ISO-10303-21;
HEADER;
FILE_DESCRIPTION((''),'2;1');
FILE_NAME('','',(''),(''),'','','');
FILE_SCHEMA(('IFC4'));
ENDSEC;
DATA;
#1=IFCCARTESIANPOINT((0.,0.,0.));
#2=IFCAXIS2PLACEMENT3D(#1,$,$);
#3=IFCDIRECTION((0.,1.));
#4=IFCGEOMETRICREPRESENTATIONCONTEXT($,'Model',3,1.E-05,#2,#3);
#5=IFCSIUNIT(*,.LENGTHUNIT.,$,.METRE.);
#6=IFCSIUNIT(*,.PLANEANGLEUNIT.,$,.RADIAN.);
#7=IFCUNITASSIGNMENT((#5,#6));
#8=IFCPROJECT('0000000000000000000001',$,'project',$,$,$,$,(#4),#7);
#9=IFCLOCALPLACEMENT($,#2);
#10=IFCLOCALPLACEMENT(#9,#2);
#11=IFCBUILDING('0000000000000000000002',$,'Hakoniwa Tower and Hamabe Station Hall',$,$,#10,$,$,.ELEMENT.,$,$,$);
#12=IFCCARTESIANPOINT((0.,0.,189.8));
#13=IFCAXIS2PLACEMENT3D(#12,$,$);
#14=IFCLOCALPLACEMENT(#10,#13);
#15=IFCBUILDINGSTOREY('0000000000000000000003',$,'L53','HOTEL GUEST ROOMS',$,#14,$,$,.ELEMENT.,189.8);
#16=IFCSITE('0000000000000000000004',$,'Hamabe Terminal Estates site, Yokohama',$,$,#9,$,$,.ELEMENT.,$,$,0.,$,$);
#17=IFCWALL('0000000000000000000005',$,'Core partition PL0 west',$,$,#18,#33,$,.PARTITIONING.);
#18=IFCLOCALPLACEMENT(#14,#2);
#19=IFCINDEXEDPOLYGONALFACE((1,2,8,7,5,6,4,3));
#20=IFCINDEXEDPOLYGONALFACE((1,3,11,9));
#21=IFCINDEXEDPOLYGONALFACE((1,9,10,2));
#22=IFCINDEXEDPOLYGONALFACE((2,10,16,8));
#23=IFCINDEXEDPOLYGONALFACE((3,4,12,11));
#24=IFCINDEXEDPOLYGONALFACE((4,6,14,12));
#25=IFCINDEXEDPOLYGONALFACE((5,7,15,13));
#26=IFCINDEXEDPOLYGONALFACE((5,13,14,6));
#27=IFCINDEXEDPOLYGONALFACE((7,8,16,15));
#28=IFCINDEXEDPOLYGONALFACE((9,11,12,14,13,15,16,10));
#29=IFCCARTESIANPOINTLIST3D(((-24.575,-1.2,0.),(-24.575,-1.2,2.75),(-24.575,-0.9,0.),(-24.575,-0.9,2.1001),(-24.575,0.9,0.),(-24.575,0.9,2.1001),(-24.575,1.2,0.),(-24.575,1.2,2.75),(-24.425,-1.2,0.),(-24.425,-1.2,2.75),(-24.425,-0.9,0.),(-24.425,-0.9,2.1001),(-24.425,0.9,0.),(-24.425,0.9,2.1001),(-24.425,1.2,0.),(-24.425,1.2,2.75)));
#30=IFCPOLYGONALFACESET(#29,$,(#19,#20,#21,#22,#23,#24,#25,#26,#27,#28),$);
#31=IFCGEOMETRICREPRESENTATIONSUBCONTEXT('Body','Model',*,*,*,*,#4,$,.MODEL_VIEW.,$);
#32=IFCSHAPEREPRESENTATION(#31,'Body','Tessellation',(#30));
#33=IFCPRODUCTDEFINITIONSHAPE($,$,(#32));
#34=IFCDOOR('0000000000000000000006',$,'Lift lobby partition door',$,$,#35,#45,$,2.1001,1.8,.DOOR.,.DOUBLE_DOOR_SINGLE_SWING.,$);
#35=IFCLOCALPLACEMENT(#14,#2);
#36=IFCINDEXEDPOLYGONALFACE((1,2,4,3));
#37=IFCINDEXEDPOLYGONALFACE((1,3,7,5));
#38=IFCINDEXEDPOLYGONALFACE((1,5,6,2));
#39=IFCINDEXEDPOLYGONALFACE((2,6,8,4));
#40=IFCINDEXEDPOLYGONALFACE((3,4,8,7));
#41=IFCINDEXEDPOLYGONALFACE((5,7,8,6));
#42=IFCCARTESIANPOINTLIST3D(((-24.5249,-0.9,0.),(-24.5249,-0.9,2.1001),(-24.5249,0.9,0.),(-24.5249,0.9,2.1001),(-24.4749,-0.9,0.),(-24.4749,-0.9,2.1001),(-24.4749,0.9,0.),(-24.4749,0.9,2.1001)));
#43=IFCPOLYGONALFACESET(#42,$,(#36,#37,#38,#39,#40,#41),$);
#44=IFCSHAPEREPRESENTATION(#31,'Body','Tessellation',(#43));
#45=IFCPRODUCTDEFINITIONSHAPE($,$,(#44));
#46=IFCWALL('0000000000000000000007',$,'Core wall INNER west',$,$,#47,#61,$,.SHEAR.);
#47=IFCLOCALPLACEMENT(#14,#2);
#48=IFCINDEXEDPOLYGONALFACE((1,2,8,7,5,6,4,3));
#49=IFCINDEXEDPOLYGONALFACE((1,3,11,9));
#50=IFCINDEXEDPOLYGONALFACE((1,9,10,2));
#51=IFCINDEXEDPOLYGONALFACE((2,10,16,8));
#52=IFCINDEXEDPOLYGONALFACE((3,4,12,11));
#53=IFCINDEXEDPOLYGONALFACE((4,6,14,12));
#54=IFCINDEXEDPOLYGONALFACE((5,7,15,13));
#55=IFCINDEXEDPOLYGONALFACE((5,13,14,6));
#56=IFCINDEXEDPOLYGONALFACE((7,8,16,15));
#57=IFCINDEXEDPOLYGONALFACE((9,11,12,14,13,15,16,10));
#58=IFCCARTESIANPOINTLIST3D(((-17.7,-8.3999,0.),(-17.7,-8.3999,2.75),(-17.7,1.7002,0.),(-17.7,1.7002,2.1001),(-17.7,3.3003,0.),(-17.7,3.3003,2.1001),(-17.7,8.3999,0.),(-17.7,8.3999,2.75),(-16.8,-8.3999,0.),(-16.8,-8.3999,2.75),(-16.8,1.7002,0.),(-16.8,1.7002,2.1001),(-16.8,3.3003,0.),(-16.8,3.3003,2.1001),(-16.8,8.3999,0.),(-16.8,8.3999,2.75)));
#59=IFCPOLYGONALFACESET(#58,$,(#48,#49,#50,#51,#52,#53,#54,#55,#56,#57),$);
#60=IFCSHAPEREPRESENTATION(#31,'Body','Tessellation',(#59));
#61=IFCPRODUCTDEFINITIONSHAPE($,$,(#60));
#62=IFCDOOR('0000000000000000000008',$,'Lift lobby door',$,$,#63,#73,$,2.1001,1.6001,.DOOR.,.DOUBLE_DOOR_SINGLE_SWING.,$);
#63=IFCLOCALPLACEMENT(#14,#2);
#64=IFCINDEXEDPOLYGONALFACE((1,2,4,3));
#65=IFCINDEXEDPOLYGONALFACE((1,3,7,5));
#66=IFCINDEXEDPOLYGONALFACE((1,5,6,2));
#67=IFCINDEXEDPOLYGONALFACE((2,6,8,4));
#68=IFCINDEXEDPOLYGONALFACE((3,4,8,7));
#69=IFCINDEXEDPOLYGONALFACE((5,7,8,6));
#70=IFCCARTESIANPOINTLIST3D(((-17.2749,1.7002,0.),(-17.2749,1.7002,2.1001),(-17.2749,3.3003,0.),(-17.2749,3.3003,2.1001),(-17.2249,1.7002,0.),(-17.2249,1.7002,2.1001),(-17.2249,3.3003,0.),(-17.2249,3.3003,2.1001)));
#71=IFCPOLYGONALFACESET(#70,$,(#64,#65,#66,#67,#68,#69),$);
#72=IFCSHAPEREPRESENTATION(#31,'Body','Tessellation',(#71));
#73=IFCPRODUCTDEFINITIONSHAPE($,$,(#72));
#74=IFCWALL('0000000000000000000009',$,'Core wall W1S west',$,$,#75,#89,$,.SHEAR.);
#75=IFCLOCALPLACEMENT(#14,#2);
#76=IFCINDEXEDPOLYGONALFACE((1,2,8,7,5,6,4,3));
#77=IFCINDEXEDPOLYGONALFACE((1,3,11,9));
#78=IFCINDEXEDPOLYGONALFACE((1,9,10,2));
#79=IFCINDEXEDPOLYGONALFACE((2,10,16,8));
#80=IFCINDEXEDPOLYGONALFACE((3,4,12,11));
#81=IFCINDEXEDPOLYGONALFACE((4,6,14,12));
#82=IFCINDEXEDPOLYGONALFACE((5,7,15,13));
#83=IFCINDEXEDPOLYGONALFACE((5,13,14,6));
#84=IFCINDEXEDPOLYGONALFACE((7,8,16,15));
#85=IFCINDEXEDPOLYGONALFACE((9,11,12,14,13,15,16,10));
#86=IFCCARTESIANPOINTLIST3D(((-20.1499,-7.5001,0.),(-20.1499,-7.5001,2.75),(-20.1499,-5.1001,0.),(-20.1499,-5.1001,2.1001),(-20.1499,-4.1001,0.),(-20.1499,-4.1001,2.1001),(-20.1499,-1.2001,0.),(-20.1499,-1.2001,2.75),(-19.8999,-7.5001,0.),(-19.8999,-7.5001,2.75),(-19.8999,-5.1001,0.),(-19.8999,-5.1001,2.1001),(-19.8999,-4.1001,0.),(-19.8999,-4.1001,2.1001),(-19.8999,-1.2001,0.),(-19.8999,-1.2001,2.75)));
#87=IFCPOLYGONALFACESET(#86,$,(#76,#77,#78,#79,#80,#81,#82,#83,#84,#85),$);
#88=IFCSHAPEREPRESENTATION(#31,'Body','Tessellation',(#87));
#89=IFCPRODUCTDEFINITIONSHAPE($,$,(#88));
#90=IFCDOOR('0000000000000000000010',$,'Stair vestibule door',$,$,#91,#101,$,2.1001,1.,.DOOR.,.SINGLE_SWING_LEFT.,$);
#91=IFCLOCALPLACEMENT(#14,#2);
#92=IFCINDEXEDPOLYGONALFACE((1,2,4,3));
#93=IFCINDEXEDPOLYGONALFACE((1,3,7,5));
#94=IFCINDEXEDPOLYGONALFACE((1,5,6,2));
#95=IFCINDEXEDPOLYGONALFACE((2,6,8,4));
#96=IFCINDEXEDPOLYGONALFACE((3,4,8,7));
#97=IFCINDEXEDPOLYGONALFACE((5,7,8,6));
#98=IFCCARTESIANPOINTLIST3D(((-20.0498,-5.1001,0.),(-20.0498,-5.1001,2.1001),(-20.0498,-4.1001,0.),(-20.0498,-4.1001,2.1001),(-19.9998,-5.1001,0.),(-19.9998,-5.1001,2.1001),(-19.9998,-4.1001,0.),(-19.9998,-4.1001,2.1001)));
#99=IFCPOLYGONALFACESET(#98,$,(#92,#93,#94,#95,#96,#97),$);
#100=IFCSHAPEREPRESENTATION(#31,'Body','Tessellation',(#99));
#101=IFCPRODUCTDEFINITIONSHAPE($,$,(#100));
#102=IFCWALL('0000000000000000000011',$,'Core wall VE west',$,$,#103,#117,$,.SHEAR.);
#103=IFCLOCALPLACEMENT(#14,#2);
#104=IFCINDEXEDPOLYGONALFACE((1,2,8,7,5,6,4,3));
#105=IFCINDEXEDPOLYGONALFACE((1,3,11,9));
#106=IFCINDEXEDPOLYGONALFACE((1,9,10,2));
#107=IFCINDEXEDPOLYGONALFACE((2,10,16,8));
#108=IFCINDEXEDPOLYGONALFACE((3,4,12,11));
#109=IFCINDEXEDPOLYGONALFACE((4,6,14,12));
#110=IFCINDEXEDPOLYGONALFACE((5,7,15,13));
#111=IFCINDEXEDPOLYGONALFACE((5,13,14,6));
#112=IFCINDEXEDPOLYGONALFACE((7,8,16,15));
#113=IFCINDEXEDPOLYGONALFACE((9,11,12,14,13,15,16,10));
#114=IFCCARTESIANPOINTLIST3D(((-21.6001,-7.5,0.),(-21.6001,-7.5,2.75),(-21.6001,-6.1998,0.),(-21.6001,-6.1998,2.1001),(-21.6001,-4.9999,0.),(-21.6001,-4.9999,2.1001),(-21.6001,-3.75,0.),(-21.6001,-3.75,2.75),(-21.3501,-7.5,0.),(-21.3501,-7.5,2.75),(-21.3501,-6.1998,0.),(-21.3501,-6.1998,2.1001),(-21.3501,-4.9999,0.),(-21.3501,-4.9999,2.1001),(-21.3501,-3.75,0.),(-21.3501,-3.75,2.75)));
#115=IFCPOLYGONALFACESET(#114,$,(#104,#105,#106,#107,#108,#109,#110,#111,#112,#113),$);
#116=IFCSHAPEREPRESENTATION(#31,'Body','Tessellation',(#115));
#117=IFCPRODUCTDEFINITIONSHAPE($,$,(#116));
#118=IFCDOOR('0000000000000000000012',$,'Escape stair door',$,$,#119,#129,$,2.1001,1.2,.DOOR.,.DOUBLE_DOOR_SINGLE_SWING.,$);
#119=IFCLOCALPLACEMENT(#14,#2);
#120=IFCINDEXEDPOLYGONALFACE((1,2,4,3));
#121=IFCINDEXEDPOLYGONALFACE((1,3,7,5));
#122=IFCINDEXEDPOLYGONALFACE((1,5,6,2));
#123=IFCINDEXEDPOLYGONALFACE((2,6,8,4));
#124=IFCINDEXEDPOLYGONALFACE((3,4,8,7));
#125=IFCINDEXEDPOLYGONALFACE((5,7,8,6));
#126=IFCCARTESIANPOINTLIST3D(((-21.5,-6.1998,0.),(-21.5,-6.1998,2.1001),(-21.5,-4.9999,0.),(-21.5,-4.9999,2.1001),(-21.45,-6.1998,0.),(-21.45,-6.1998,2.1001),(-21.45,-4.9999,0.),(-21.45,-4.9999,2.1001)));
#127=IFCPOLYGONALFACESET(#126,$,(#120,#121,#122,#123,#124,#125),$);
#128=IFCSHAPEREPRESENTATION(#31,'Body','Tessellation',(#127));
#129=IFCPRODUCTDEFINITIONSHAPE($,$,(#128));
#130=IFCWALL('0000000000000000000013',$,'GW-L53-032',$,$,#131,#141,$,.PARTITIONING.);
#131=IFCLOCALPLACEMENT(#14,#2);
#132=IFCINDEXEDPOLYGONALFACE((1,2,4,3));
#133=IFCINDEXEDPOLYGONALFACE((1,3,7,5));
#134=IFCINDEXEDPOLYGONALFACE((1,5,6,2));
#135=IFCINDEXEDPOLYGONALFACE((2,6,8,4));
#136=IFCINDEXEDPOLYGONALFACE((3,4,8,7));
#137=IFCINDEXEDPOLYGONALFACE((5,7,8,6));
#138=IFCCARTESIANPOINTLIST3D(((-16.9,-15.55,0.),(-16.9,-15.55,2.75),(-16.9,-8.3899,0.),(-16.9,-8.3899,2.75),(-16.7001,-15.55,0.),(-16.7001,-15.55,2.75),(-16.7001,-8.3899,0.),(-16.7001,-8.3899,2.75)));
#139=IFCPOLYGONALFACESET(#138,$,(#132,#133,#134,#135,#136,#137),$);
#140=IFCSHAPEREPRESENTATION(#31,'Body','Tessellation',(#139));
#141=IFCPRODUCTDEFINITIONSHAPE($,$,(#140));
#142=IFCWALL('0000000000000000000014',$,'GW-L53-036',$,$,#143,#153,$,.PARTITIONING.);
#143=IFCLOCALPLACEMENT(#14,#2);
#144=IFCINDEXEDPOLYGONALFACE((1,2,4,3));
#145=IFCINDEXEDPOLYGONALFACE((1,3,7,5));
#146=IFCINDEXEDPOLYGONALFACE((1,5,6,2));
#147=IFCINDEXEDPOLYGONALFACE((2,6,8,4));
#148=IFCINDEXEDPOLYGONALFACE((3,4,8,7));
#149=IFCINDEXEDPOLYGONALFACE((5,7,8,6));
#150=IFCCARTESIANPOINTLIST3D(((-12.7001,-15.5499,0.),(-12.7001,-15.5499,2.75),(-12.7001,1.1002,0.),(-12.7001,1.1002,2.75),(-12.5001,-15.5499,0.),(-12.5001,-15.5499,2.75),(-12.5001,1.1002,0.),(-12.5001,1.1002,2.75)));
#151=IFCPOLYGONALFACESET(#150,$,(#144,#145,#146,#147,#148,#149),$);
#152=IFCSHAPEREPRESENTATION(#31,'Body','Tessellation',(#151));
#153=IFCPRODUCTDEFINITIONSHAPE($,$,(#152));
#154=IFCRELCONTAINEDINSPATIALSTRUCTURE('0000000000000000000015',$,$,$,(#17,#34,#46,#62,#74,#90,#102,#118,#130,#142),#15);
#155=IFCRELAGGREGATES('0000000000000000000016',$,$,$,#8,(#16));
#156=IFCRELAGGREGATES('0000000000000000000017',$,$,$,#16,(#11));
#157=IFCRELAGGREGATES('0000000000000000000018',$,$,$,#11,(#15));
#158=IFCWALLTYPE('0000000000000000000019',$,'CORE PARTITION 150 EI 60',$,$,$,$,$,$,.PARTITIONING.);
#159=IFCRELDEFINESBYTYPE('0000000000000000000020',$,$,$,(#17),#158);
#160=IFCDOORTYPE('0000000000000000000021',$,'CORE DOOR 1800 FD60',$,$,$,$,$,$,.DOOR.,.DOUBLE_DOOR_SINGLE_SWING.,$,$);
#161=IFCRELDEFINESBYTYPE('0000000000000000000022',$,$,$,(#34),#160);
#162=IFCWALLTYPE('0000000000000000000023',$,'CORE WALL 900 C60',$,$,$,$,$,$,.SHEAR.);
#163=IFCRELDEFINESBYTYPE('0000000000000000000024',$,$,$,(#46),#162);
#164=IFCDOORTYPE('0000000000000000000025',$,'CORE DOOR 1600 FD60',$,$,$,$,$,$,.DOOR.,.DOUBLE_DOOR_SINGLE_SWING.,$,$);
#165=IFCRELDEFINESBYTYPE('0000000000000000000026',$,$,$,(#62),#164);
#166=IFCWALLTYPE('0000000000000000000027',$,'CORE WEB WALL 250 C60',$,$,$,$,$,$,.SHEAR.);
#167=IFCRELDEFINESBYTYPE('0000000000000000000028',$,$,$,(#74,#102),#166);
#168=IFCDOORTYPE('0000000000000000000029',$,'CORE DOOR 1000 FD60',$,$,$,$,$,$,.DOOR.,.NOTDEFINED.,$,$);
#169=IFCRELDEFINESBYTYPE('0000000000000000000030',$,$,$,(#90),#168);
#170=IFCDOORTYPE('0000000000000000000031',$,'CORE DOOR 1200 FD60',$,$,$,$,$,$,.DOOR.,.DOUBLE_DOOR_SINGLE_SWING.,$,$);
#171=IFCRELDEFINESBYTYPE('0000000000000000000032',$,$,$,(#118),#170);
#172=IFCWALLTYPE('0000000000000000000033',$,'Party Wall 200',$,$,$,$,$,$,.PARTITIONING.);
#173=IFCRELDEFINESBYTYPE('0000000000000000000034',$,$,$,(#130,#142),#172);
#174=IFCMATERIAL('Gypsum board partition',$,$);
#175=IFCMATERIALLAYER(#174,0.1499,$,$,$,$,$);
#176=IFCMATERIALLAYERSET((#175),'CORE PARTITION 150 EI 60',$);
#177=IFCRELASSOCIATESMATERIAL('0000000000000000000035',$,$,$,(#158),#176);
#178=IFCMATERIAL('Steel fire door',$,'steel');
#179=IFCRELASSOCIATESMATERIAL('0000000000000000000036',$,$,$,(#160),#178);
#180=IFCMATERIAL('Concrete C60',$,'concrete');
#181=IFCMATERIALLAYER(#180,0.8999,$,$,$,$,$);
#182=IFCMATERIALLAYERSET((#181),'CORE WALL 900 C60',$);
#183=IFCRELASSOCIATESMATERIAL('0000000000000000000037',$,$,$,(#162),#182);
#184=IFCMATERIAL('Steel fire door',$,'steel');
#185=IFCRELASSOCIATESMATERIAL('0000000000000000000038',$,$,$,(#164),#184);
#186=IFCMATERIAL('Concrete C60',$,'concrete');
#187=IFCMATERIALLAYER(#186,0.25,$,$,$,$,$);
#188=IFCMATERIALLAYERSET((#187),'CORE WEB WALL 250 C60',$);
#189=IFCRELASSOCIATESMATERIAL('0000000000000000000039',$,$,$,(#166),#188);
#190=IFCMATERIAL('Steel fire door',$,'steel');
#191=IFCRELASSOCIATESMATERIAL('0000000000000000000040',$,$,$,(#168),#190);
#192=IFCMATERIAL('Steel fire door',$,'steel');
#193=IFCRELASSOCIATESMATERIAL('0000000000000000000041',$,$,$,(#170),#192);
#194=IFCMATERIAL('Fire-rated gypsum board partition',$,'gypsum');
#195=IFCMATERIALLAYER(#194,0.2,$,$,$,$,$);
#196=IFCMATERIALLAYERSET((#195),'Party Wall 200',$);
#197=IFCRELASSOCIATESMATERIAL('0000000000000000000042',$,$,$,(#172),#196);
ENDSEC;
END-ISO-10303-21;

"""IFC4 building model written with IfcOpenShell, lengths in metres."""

from ifc_helpers import new_model, si_unit, direction, frame, frame_2d, origin, place, context, subcontext, project, spatial, rectangle, extrude, material, layer, layer_set, type_object, element, fill, save


model = new_model("IFC4")

# Units and contexts
model_context = context("Model", 3, precision=1e-05, world=origin(), true_north=direction((0.0, 1.0)))
body_context = subcontext(model_context, "Body", "Model", "MODEL_VIEW")
ifc_project = project(units=[si_unit("LENGTHUNIT", "METRE"), si_unit("PLANEANGLEUNIT", "RADIAN")], contexts=[model_context])

# Site, building, storey
site_placement = place(None, origin())
site = spatial("IfcSite", under=ifc_project, at=site_placement, Name="Hamabe Terminal Estates site, Yokohama", CompositionType="ELEMENT", RefElevation=0.0)
building_placement = place(site_placement, origin())
building = spatial("IfcBuilding", under=site, at=building_placement, Name="Hakoniwa Tower and Hamabe Station Hall", CompositionType="ELEMENT")
storey_placement = place(building_placement, frame((0.0, 0.0, 189.8)))
storey = spatial("IfcBuildingStorey", under=building, at=storey_placement, Name="L53", Description="HOTEL GUEST ROOMS", CompositionType="ELEMENT", Elevation=189.8)

# Walls, openings, doors
ifc_material_1 = material(Name="Gypsum board partition")
ifc_layer_1 = layer(ifc_material_1, 0.1499)
ifc_layer_set_1 = layer_set([ifc_layer_1], Name="CORE PARTITION 150 EI 60")
wall_type_1 = type_object("IfcWallType", Name="CORE PARTITION 150 EI 60", PredefinedType="PARTITIONING", material=ifc_layer_set_1)
wall_1_placement = place(storey_placement, frame((-24.5, -1.2, 0.0), z_axis=(0.0, 0.0, 1.0), x_axis=(0.0, 1.0, 0.0)))
wall_1 = element("IfcWall", 1, at=wall_1_placement, inside=storey, type_object=wall_type_1, Name="Core partition PL0 west", PredefinedType="PARTITIONING", context=body_context, shape_type="SweptSolid", body=[
    extrude(rectangle(XDim=2.3999, YDim=0.1499, at=frame_2d((1.2, 0.0))), origin(), (0.0, 0.0, 1.0), 2.75),
])
opening_1_placement = place(wall_1_placement, frame((0.3, 0.0, 0.0)))
opening_1 = element("IfcOpeningElement", 2, at=opening_1_placement, cuts=wall_1, PredefinedType="OPENING", context=body_context, shape_type="SweptSolid", body=[
    extrude(rectangle(XDim=1.8, YDim=2.1001, at=frame_2d((0.8999, 1.05))), frame((0.0, 0.085, 0.0), z_axis=(0.0, -1.0, 0.0), x_axis=(1.0, 0.0, 0.0)), (0.0, 0.0, 1.0), 0.1699),
])
ifc_material_2 = material(Name="Steel fire door", Category="steel")
door_type_1 = type_object("IfcDoorType", Name="CORE DOOR 1800 FD60", OperationType="DOUBLE_DOOR_SINGLE_SWING", PredefinedType="DOOR", material=ifc_material_2)
door_1_placement = place(opening_1_placement, origin())
door_1 = element("IfcDoor", 3, at=door_1_placement, inside=storey, type_object=door_type_1, Name="Lift lobby partition door", OperationType="DOUBLE_DOOR_SINGLE_SWING", OverallHeight=2.1001, OverallWidth=1.8, PredefinedType="DOOR", context=body_context, shape_type="SweptSolid", body=[
    extrude(rectangle(XDim=1.8, YDim=2.1001, at=frame_2d((0.8999, 1.05))), frame((0.0, 0.0249, 0.0), z_axis=(0.0, -1.0, 0.0), x_axis=(1.0, 0.0, 0.0)), (0.0, 0.0, 1.0), 0.05),
])
fill(opening_1, door_1)
ifc_material_3 = material(Name="Concrete C60", Category="concrete")
ifc_layer_2 = layer(ifc_material_3, 0.8999)
ifc_layer_set_2 = layer_set([ifc_layer_2], Name="CORE WALL 900 C60")
wall_type_2 = type_object("IfcWallType", Name="CORE WALL 900 C60", PredefinedType="SHEAR", material=ifc_layer_set_2)
wall_2_placement = place(storey_placement, frame((-17.25, -8.3999, 0.0), z_axis=(0.0, 0.0, 1.0), x_axis=(0.0, 1.0, 0.0)))
wall_2 = element("IfcWall", 4, at=wall_2_placement, inside=storey, type_object=wall_type_2, Name="Core wall INNER west", PredefinedType="SHEAR", context=body_context, shape_type="SweptSolid", body=[
    extrude(rectangle(XDim=16.7998, YDim=0.8999, at=frame_2d((8.3999, 0.0))), origin(), (0.0, 0.0, 1.0), 2.75),
])
opening_2_placement = place(wall_2_placement, frame((10.1001, 0.0, 0.0)))
opening_2 = element("IfcOpeningElement", 5, at=opening_2_placement, cuts=wall_2, PredefinedType="OPENING", context=body_context, shape_type="SweptSolid", body=[
    extrude(rectangle(XDim=1.6001, YDim=2.1001, at=frame_2d((0.8, 1.05))), frame((0.0, 0.46, 0.0), z_axis=(0.0, -1.0, 0.0), x_axis=(1.0, 0.0, 0.0)), (0.0, 0.0, 1.0), 0.9199),
])
ifc_material_4 = material(Name="Steel fire door", Category="steel")
door_type_2 = type_object("IfcDoorType", Name="CORE DOOR 1600 FD60", OperationType="DOUBLE_DOOR_SINGLE_SWING", PredefinedType="DOOR", material=ifc_material_4)
door_2_placement = place(opening_2_placement, origin())
door_2 = element("IfcDoor", 6, at=door_2_placement, inside=storey, type_object=door_type_2, Name="Lift lobby door", OperationType="DOUBLE_DOOR_SINGLE_SWING", OverallHeight=2.1001, OverallWidth=1.6001, PredefinedType="DOOR", context=body_context, shape_type="SweptSolid", body=[
    extrude(rectangle(XDim=1.6001, YDim=2.1001, at=frame_2d((0.8, 1.05))), frame((0.0, 0.0249, 0.0), z_axis=(0.0, -1.0, 0.0), x_axis=(1.0, 0.0, 0.0)), (0.0, 0.0, 1.0), 0.05),
])
fill(opening_2, door_2)
ifc_material_5 = material(Name="Concrete C60", Category="concrete")
ifc_layer_3 = layer(ifc_material_5, 0.25)
ifc_layer_set_3 = layer_set([ifc_layer_3], Name="CORE WEB WALL 250 C60")
wall_type_3 = type_object("IfcWallType", Name="CORE WEB WALL 250 C60", PredefinedType="SHEAR", material=ifc_layer_set_3)
wall_3_placement = place(storey_placement, frame((-20.0249, -7.5, 0.0), z_axis=(0.0, 0.0, 1.0), x_axis=(0.0, 1.0, 0.0)))
wall_3 = element("IfcWall", 7, at=wall_3_placement, inside=storey, type_object=wall_type_3, Name="Core wall W1S west", PredefinedType="SHEAR", context=body_context, shape_type="SweptSolid", body=[
    extrude(rectangle(XDim=6.3, YDim=0.25, at=frame_2d((3.1499, 0.0))), origin(), (0.0, 0.0, 1.0), 2.75),
])
opening_3_placement = place(wall_3_placement, frame((2.3999, 0.0, 0.0)))
opening_3 = element("IfcOpeningElement", 8, at=opening_3_placement, cuts=wall_3, PredefinedType="OPENING", context=body_context, shape_type="SweptSolid", body=[
    extrude(rectangle(XDim=1.0, YDim=2.1001, at=frame_2d((0.5, 1.05))), frame((0.0, 0.135, 0.0), z_axis=(0.0, -1.0, 0.0), x_axis=(1.0, 0.0, 0.0)), (0.0, 0.0, 1.0), 0.27),
])
ifc_material_6 = material(Name="Steel fire door", Category="steel")
door_type_3 = type_object("IfcDoorType", Name="CORE DOOR 1000 FD60", OperationType="NOTDEFINED", PredefinedType="DOOR", material=ifc_material_6)
door_3_placement = place(opening_3_placement, origin())
door_3 = element("IfcDoor", 9, at=door_3_placement, inside=storey, type_object=door_type_3, Name="Stair vestibule door", OperationType="SINGLE_SWING_LEFT", OverallHeight=2.1001, OverallWidth=1.0, PredefinedType="DOOR", context=body_context, shape_type="SweptSolid", body=[
    extrude(rectangle(XDim=1.0, YDim=2.1001, at=frame_2d((0.5, 1.05))), frame((0.0, 0.0249, 0.0), z_axis=(0.0, -1.0, 0.0), x_axis=(1.0, 0.0, 0.0)), (0.0, 0.0, 1.0), 0.05),
])
fill(opening_3, door_3)
wall_4_placement = place(storey_placement, frame((-21.4751, -7.5, 0.0), z_axis=(0.0, 0.0, 1.0), x_axis=(0.0, 1.0, 0.0)))
wall_4 = element("IfcWall", 10, at=wall_4_placement, inside=storey, type_object=wall_type_3, Name="Core wall VE west", PredefinedType="SHEAR", context=body_context, shape_type="SweptSolid", body=[
    extrude(rectangle(XDim=3.75, YDim=0.25, at=frame_2d((1.875, 0.0))), origin(), (0.0, 0.0, 1.0), 2.75),
])
opening_4_placement = place(wall_4_placement, frame((1.3, 0.0, 0.0)))
opening_4 = element("IfcOpeningElement", 11, at=opening_4_placement, cuts=wall_4, PredefinedType="OPENING", context=body_context, shape_type="SweptSolid", body=[
    extrude(rectangle(XDim=1.2, YDim=2.1001, at=frame_2d((0.6001, 1.05))), frame((0.0, 0.135, 0.0), z_axis=(0.0, -1.0, 0.0), x_axis=(1.0, 0.0, 0.0)), (0.0, 0.0, 1.0), 0.27),
])
ifc_material_7 = material(Name="Steel fire door", Category="steel")
door_type_4 = type_object("IfcDoorType", Name="CORE DOOR 1200 FD60", OperationType="DOUBLE_DOOR_SINGLE_SWING", PredefinedType="DOOR", material=ifc_material_7)
door_4_placement = place(opening_4_placement, origin())
door_4 = element("IfcDoor", 12, at=door_4_placement, inside=storey, type_object=door_type_4, Name="Escape stair door", OperationType="DOUBLE_DOOR_SINGLE_SWING", OverallHeight=2.1001, OverallWidth=1.2, PredefinedType="DOOR", context=body_context, shape_type="SweptSolid", body=[
    extrude(rectangle(XDim=1.2, YDim=2.1001, at=frame_2d((0.6001, 1.05))), frame((0.0, 0.0249, 0.0), z_axis=(0.0, -1.0, 0.0), x_axis=(1.0, 0.0, 0.0)), (0.0, 0.0, 1.0), 0.05),
])
fill(opening_4, door_4)

# Walls
ifc_material_8 = material(Name="Fire-rated gypsum board partition", Category="gypsum")
ifc_layer_4 = layer(ifc_material_8, 0.2)
ifc_layer_set_4 = layer_set([ifc_layer_4], Name="Party Wall 200")
wall_type_4 = type_object("IfcWallType", Name="Party Wall 200", PredefinedType="PARTITIONING", material=ifc_layer_set_4)
wall_5_placement = place(storey_placement, frame((-16.8, -15.55, 0.0), z_axis=(0.0, 0.0, 1.0), x_axis=(0.0, 1.0, 0.0)))
element("IfcWall", 13, at=wall_5_placement, inside=storey, type_object=wall_type_4, Name="GW-L53-032", PredefinedType="PARTITIONING", context=body_context, shape_type="SweptSolid", body=[
    extrude(rectangle(XDim=7.1602, YDim=0.2, at=frame_2d((3.5801, 0.0))), origin(), (0.0, 0.0, 1.0), 2.75),
])
wall_6_placement = place(storey_placement, frame((-12.6001, -15.55, 0.0), z_axis=(0.0, 0.0, 1.0), x_axis=(0.0, 1.0, 0.0)))
element("IfcWall", 14, at=wall_6_placement, inside=storey, type_object=wall_type_4, Name="GW-L53-036", PredefinedType="PARTITIONING", context=body_context, shape_type="SweptSolid", body=[
    extrude(rectangle(XDim=16.6501, YDim=0.2, at=frame_2d((8.3252, 0.0))), origin(), (0.0, 0.0, 1.0), 2.75),
])

save(model, "model.ifc")
